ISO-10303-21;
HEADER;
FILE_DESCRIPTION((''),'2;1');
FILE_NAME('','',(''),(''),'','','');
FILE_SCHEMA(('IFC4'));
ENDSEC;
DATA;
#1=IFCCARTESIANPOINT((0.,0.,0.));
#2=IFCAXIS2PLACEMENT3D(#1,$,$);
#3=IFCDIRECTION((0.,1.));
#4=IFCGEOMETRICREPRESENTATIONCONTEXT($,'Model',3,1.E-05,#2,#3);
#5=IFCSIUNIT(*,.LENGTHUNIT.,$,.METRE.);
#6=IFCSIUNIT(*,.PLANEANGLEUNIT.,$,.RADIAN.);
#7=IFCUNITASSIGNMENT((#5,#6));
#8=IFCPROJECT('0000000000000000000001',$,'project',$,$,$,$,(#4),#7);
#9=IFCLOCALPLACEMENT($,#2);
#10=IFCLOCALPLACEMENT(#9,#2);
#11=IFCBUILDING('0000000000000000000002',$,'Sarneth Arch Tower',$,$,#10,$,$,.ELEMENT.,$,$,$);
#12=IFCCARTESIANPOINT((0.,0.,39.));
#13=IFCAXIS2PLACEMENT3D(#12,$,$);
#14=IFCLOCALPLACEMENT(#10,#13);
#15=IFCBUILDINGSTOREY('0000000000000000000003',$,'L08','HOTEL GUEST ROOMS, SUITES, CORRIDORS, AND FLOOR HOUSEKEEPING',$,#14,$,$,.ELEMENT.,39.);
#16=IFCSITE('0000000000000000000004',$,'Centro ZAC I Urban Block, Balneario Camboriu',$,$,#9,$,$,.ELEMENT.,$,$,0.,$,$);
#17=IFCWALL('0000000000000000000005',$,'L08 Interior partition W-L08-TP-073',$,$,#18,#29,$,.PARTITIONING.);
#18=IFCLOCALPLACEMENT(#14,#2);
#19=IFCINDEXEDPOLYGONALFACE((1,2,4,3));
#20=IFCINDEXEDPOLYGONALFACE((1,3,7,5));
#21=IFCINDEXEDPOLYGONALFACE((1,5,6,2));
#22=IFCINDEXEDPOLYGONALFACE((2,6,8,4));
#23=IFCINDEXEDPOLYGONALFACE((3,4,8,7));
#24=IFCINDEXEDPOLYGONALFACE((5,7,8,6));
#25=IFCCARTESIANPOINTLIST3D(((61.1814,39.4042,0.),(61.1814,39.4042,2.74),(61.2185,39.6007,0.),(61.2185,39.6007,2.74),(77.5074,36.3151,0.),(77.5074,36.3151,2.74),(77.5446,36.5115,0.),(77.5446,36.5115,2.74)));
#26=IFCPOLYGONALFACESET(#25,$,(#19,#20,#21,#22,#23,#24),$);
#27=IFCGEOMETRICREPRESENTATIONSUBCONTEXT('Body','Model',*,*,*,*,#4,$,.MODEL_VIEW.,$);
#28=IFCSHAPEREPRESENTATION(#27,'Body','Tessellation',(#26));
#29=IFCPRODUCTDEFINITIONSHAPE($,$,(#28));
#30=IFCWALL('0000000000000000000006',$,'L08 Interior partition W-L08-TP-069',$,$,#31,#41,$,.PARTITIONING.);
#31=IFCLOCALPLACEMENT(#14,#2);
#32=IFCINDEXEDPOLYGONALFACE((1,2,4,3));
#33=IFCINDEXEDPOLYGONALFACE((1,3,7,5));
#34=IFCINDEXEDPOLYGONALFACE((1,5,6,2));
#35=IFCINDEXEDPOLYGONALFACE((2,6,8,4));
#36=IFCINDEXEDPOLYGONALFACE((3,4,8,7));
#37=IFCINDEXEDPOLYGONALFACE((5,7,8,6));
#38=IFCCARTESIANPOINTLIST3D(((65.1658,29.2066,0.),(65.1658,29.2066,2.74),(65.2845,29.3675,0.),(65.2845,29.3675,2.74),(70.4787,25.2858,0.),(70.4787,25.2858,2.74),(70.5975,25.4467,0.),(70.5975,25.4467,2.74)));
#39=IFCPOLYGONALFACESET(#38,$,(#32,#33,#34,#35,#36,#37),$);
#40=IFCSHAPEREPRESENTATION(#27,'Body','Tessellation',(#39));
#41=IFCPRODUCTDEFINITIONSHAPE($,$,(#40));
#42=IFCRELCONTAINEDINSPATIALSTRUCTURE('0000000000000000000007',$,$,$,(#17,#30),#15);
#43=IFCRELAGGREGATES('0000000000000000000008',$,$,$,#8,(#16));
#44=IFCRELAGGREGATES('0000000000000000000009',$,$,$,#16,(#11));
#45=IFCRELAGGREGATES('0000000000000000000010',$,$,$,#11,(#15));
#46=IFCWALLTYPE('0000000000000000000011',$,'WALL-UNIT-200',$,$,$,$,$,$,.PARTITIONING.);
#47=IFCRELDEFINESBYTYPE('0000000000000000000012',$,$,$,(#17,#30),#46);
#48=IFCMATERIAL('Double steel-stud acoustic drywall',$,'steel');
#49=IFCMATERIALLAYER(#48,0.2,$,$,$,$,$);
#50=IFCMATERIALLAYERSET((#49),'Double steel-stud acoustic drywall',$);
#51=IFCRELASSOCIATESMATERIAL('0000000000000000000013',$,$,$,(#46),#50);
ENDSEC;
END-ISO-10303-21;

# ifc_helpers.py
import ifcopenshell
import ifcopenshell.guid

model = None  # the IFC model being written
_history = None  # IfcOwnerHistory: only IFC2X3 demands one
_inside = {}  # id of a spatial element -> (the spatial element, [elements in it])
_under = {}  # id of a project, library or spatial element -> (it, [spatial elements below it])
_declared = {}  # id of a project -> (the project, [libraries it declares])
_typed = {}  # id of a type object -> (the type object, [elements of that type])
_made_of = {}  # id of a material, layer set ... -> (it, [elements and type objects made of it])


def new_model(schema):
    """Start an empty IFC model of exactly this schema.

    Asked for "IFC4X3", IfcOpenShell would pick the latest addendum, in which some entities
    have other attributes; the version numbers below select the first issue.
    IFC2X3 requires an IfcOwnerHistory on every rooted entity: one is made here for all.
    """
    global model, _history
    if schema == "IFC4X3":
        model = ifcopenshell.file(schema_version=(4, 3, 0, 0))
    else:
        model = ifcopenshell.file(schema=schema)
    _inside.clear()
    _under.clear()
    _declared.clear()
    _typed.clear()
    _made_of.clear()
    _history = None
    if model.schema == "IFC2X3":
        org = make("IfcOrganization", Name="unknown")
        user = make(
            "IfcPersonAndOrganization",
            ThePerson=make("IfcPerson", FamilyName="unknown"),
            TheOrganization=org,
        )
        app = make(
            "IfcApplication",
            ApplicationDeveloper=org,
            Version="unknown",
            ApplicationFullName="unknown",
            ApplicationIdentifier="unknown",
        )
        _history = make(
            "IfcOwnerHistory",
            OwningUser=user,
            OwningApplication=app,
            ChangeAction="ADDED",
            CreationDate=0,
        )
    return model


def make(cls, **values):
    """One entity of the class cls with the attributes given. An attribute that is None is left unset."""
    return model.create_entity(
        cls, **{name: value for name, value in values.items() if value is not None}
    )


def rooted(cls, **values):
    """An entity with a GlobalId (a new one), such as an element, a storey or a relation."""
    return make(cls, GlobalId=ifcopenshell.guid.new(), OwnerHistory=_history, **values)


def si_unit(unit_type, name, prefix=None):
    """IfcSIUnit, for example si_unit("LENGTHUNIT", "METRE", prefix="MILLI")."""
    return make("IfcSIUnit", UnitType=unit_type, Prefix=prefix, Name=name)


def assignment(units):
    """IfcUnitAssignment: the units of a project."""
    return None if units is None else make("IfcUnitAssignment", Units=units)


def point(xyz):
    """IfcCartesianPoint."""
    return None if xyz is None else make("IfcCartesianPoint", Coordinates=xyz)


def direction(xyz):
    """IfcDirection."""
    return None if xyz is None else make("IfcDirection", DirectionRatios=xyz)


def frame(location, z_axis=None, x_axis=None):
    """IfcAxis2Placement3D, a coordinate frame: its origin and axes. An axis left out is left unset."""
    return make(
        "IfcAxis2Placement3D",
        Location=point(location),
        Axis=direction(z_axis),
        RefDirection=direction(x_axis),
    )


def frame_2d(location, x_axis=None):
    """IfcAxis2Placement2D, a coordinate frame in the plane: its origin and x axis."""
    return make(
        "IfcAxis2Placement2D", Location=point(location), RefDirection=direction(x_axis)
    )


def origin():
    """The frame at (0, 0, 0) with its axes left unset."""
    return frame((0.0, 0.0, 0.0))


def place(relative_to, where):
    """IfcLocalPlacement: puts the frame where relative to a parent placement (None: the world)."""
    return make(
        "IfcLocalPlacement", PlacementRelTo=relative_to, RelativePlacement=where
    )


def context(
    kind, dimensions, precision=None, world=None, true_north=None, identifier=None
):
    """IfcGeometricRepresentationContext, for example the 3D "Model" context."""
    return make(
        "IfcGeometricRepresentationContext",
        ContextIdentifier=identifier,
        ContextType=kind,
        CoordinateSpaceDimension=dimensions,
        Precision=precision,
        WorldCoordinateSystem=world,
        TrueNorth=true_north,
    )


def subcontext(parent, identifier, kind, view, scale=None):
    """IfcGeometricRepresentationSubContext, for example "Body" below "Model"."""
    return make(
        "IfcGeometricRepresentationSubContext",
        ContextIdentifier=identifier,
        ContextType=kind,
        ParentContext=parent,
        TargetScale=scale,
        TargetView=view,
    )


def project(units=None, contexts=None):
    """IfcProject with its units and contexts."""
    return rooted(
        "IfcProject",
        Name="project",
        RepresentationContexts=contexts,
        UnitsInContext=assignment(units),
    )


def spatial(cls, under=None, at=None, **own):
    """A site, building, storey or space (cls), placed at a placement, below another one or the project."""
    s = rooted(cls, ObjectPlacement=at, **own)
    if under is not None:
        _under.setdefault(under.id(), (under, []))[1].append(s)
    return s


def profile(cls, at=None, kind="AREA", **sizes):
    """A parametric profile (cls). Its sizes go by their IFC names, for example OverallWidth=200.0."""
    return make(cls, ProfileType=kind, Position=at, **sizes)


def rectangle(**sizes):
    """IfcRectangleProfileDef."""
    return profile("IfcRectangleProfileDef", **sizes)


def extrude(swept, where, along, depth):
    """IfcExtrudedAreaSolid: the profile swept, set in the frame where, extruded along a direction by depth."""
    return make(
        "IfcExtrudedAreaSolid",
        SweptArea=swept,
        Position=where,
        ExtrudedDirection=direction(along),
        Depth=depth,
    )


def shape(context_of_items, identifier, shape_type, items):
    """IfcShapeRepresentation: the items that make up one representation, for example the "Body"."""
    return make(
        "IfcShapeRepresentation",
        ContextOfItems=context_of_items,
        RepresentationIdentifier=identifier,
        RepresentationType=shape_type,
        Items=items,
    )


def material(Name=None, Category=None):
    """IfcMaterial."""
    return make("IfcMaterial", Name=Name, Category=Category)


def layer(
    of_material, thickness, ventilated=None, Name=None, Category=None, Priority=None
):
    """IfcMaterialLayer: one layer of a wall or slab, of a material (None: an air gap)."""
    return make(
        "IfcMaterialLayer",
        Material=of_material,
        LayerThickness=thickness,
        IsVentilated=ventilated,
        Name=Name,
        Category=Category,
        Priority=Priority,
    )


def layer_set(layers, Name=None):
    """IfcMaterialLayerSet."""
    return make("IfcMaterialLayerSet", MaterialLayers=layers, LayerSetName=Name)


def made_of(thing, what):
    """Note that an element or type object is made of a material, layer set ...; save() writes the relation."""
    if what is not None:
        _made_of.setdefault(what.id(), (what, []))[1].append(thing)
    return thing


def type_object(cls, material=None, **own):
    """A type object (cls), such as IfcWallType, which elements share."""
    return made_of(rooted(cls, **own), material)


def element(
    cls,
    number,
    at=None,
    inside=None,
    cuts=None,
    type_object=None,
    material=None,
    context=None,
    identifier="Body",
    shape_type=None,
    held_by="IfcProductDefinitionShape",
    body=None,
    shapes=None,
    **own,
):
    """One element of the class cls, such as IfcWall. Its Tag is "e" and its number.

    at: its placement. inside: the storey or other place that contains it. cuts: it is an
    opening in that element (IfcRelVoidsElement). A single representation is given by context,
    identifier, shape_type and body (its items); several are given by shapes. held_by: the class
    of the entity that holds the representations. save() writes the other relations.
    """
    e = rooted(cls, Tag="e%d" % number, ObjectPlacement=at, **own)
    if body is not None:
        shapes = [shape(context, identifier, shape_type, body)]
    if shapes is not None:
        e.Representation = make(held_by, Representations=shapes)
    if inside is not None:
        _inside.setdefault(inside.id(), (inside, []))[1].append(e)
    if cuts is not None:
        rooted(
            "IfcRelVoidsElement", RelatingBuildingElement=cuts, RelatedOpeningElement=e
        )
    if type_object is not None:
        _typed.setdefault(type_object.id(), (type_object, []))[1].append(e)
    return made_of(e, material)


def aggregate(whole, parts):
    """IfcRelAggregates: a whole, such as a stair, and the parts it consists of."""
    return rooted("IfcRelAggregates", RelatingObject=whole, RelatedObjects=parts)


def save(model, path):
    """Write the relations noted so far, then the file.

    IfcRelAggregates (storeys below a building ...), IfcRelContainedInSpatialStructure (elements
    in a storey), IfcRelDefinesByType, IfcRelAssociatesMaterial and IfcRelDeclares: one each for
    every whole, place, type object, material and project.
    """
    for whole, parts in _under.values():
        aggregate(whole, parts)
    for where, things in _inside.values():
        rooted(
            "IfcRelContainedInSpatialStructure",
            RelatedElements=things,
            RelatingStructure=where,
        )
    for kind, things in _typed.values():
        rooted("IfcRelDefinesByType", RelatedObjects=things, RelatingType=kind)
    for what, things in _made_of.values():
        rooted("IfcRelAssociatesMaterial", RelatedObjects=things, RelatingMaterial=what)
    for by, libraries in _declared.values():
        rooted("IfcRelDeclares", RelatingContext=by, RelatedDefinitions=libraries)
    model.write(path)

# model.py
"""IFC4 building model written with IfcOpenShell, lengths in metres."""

from ifc_helpers import new_model, si_unit, direction, frame, frame_2d, origin, place, context, subcontext, project, spatial, rectangle, extrude, material, layer, layer_set, type_object, element, save


model = new_model("IFC4")

# Units and contexts
model_context = context("Model", 3, precision=1e-05, world=origin(), true_north=direction((0.0, 1.0)))
body_context = subcontext(model_context, "Body", "Model", "MODEL_VIEW")
ifc_project = project(units=[si_unit("LENGTHUNIT", "METRE"), si_unit("PLANEANGLEUNIT", "RADIAN")], contexts=[model_context])

# Site, building, storey
site_placement = place(None, origin())
site = spatial("IfcSite", under=ifc_project, at=site_placement, Name="Centro ZAC I Urban Block, Balneario Camboriu", CompositionType="ELEMENT", RefElevation=0.0)
building_placement = place(site_placement, origin())
building = spatial("IfcBuilding", under=site, at=building_placement, Name="Sarneth Arch Tower", CompositionType="ELEMENT")
storey_placement = place(building_placement, frame((0.0, 0.0, 39.0)))
storey = spatial("IfcBuildingStorey", under=building, at=storey_placement, Name="L08", Description="HOTEL GUEST ROOMS, SUITES, CORRIDORS, AND FLOOR HOUSEKEEPING", CompositionType="ELEMENT", Elevation=39.0)

# Walls
ifc_material_1 = material(Name="Double steel-stud acoustic drywall", Category="steel")
ifc_layer_1 = layer(ifc_material_1, 0.2)
ifc_layer_set_1 = layer_set([ifc_layer_1], Name="Double steel-stud acoustic drywall")
wall_type_1 = type_object("IfcWallType", Name="WALL-UNIT-200", PredefinedType="PARTITIONING", material=ifc_layer_set_1)
wall_1_placement = place(storey_placement, frame((61.2, 39.5024, 0.0), z_axis=(0.0, 0.0, 1.0), x_axis=(0.982566, -0.185916, 0.0)))
element("IfcWall", 1, at=wall_1_placement, inside=storey, type_object=wall_type_1, Name="L08 Interior partition W-L08-TP-073", PredefinedType="PARTITIONING", context=body_context, shape_type="SweptSolid", body=[
    extrude(rectangle(XDim=16.6157, YDim=0.2, at=frame_2d((8.3079, 0.0))), origin(), (0.0, 0.0, 1.0), 2.74),
])
wall_2_placement = place(storey_placement, frame((70.5381, 25.3662, 0.0), z_axis=(0.0, 0.0, 1.0), x_axis=(-0.804617, 0.593794, 0.0)))
element("IfcWall", 2, at=wall_2_placement, inside=storey, type_object=wall_type_1, Name="L08 Interior partition W-L08-TP-069", PredefinedType="PARTITIONING", context=body_context, shape_type="SweptSolid", body=[
    extrude(rectangle(XDim=6.603, YDim=0.2, at=frame_2d((3.3015, 0.0))), origin(), (0.0, 0.0, 1.0), 2.74),
])

save(model, "model.ifc")
